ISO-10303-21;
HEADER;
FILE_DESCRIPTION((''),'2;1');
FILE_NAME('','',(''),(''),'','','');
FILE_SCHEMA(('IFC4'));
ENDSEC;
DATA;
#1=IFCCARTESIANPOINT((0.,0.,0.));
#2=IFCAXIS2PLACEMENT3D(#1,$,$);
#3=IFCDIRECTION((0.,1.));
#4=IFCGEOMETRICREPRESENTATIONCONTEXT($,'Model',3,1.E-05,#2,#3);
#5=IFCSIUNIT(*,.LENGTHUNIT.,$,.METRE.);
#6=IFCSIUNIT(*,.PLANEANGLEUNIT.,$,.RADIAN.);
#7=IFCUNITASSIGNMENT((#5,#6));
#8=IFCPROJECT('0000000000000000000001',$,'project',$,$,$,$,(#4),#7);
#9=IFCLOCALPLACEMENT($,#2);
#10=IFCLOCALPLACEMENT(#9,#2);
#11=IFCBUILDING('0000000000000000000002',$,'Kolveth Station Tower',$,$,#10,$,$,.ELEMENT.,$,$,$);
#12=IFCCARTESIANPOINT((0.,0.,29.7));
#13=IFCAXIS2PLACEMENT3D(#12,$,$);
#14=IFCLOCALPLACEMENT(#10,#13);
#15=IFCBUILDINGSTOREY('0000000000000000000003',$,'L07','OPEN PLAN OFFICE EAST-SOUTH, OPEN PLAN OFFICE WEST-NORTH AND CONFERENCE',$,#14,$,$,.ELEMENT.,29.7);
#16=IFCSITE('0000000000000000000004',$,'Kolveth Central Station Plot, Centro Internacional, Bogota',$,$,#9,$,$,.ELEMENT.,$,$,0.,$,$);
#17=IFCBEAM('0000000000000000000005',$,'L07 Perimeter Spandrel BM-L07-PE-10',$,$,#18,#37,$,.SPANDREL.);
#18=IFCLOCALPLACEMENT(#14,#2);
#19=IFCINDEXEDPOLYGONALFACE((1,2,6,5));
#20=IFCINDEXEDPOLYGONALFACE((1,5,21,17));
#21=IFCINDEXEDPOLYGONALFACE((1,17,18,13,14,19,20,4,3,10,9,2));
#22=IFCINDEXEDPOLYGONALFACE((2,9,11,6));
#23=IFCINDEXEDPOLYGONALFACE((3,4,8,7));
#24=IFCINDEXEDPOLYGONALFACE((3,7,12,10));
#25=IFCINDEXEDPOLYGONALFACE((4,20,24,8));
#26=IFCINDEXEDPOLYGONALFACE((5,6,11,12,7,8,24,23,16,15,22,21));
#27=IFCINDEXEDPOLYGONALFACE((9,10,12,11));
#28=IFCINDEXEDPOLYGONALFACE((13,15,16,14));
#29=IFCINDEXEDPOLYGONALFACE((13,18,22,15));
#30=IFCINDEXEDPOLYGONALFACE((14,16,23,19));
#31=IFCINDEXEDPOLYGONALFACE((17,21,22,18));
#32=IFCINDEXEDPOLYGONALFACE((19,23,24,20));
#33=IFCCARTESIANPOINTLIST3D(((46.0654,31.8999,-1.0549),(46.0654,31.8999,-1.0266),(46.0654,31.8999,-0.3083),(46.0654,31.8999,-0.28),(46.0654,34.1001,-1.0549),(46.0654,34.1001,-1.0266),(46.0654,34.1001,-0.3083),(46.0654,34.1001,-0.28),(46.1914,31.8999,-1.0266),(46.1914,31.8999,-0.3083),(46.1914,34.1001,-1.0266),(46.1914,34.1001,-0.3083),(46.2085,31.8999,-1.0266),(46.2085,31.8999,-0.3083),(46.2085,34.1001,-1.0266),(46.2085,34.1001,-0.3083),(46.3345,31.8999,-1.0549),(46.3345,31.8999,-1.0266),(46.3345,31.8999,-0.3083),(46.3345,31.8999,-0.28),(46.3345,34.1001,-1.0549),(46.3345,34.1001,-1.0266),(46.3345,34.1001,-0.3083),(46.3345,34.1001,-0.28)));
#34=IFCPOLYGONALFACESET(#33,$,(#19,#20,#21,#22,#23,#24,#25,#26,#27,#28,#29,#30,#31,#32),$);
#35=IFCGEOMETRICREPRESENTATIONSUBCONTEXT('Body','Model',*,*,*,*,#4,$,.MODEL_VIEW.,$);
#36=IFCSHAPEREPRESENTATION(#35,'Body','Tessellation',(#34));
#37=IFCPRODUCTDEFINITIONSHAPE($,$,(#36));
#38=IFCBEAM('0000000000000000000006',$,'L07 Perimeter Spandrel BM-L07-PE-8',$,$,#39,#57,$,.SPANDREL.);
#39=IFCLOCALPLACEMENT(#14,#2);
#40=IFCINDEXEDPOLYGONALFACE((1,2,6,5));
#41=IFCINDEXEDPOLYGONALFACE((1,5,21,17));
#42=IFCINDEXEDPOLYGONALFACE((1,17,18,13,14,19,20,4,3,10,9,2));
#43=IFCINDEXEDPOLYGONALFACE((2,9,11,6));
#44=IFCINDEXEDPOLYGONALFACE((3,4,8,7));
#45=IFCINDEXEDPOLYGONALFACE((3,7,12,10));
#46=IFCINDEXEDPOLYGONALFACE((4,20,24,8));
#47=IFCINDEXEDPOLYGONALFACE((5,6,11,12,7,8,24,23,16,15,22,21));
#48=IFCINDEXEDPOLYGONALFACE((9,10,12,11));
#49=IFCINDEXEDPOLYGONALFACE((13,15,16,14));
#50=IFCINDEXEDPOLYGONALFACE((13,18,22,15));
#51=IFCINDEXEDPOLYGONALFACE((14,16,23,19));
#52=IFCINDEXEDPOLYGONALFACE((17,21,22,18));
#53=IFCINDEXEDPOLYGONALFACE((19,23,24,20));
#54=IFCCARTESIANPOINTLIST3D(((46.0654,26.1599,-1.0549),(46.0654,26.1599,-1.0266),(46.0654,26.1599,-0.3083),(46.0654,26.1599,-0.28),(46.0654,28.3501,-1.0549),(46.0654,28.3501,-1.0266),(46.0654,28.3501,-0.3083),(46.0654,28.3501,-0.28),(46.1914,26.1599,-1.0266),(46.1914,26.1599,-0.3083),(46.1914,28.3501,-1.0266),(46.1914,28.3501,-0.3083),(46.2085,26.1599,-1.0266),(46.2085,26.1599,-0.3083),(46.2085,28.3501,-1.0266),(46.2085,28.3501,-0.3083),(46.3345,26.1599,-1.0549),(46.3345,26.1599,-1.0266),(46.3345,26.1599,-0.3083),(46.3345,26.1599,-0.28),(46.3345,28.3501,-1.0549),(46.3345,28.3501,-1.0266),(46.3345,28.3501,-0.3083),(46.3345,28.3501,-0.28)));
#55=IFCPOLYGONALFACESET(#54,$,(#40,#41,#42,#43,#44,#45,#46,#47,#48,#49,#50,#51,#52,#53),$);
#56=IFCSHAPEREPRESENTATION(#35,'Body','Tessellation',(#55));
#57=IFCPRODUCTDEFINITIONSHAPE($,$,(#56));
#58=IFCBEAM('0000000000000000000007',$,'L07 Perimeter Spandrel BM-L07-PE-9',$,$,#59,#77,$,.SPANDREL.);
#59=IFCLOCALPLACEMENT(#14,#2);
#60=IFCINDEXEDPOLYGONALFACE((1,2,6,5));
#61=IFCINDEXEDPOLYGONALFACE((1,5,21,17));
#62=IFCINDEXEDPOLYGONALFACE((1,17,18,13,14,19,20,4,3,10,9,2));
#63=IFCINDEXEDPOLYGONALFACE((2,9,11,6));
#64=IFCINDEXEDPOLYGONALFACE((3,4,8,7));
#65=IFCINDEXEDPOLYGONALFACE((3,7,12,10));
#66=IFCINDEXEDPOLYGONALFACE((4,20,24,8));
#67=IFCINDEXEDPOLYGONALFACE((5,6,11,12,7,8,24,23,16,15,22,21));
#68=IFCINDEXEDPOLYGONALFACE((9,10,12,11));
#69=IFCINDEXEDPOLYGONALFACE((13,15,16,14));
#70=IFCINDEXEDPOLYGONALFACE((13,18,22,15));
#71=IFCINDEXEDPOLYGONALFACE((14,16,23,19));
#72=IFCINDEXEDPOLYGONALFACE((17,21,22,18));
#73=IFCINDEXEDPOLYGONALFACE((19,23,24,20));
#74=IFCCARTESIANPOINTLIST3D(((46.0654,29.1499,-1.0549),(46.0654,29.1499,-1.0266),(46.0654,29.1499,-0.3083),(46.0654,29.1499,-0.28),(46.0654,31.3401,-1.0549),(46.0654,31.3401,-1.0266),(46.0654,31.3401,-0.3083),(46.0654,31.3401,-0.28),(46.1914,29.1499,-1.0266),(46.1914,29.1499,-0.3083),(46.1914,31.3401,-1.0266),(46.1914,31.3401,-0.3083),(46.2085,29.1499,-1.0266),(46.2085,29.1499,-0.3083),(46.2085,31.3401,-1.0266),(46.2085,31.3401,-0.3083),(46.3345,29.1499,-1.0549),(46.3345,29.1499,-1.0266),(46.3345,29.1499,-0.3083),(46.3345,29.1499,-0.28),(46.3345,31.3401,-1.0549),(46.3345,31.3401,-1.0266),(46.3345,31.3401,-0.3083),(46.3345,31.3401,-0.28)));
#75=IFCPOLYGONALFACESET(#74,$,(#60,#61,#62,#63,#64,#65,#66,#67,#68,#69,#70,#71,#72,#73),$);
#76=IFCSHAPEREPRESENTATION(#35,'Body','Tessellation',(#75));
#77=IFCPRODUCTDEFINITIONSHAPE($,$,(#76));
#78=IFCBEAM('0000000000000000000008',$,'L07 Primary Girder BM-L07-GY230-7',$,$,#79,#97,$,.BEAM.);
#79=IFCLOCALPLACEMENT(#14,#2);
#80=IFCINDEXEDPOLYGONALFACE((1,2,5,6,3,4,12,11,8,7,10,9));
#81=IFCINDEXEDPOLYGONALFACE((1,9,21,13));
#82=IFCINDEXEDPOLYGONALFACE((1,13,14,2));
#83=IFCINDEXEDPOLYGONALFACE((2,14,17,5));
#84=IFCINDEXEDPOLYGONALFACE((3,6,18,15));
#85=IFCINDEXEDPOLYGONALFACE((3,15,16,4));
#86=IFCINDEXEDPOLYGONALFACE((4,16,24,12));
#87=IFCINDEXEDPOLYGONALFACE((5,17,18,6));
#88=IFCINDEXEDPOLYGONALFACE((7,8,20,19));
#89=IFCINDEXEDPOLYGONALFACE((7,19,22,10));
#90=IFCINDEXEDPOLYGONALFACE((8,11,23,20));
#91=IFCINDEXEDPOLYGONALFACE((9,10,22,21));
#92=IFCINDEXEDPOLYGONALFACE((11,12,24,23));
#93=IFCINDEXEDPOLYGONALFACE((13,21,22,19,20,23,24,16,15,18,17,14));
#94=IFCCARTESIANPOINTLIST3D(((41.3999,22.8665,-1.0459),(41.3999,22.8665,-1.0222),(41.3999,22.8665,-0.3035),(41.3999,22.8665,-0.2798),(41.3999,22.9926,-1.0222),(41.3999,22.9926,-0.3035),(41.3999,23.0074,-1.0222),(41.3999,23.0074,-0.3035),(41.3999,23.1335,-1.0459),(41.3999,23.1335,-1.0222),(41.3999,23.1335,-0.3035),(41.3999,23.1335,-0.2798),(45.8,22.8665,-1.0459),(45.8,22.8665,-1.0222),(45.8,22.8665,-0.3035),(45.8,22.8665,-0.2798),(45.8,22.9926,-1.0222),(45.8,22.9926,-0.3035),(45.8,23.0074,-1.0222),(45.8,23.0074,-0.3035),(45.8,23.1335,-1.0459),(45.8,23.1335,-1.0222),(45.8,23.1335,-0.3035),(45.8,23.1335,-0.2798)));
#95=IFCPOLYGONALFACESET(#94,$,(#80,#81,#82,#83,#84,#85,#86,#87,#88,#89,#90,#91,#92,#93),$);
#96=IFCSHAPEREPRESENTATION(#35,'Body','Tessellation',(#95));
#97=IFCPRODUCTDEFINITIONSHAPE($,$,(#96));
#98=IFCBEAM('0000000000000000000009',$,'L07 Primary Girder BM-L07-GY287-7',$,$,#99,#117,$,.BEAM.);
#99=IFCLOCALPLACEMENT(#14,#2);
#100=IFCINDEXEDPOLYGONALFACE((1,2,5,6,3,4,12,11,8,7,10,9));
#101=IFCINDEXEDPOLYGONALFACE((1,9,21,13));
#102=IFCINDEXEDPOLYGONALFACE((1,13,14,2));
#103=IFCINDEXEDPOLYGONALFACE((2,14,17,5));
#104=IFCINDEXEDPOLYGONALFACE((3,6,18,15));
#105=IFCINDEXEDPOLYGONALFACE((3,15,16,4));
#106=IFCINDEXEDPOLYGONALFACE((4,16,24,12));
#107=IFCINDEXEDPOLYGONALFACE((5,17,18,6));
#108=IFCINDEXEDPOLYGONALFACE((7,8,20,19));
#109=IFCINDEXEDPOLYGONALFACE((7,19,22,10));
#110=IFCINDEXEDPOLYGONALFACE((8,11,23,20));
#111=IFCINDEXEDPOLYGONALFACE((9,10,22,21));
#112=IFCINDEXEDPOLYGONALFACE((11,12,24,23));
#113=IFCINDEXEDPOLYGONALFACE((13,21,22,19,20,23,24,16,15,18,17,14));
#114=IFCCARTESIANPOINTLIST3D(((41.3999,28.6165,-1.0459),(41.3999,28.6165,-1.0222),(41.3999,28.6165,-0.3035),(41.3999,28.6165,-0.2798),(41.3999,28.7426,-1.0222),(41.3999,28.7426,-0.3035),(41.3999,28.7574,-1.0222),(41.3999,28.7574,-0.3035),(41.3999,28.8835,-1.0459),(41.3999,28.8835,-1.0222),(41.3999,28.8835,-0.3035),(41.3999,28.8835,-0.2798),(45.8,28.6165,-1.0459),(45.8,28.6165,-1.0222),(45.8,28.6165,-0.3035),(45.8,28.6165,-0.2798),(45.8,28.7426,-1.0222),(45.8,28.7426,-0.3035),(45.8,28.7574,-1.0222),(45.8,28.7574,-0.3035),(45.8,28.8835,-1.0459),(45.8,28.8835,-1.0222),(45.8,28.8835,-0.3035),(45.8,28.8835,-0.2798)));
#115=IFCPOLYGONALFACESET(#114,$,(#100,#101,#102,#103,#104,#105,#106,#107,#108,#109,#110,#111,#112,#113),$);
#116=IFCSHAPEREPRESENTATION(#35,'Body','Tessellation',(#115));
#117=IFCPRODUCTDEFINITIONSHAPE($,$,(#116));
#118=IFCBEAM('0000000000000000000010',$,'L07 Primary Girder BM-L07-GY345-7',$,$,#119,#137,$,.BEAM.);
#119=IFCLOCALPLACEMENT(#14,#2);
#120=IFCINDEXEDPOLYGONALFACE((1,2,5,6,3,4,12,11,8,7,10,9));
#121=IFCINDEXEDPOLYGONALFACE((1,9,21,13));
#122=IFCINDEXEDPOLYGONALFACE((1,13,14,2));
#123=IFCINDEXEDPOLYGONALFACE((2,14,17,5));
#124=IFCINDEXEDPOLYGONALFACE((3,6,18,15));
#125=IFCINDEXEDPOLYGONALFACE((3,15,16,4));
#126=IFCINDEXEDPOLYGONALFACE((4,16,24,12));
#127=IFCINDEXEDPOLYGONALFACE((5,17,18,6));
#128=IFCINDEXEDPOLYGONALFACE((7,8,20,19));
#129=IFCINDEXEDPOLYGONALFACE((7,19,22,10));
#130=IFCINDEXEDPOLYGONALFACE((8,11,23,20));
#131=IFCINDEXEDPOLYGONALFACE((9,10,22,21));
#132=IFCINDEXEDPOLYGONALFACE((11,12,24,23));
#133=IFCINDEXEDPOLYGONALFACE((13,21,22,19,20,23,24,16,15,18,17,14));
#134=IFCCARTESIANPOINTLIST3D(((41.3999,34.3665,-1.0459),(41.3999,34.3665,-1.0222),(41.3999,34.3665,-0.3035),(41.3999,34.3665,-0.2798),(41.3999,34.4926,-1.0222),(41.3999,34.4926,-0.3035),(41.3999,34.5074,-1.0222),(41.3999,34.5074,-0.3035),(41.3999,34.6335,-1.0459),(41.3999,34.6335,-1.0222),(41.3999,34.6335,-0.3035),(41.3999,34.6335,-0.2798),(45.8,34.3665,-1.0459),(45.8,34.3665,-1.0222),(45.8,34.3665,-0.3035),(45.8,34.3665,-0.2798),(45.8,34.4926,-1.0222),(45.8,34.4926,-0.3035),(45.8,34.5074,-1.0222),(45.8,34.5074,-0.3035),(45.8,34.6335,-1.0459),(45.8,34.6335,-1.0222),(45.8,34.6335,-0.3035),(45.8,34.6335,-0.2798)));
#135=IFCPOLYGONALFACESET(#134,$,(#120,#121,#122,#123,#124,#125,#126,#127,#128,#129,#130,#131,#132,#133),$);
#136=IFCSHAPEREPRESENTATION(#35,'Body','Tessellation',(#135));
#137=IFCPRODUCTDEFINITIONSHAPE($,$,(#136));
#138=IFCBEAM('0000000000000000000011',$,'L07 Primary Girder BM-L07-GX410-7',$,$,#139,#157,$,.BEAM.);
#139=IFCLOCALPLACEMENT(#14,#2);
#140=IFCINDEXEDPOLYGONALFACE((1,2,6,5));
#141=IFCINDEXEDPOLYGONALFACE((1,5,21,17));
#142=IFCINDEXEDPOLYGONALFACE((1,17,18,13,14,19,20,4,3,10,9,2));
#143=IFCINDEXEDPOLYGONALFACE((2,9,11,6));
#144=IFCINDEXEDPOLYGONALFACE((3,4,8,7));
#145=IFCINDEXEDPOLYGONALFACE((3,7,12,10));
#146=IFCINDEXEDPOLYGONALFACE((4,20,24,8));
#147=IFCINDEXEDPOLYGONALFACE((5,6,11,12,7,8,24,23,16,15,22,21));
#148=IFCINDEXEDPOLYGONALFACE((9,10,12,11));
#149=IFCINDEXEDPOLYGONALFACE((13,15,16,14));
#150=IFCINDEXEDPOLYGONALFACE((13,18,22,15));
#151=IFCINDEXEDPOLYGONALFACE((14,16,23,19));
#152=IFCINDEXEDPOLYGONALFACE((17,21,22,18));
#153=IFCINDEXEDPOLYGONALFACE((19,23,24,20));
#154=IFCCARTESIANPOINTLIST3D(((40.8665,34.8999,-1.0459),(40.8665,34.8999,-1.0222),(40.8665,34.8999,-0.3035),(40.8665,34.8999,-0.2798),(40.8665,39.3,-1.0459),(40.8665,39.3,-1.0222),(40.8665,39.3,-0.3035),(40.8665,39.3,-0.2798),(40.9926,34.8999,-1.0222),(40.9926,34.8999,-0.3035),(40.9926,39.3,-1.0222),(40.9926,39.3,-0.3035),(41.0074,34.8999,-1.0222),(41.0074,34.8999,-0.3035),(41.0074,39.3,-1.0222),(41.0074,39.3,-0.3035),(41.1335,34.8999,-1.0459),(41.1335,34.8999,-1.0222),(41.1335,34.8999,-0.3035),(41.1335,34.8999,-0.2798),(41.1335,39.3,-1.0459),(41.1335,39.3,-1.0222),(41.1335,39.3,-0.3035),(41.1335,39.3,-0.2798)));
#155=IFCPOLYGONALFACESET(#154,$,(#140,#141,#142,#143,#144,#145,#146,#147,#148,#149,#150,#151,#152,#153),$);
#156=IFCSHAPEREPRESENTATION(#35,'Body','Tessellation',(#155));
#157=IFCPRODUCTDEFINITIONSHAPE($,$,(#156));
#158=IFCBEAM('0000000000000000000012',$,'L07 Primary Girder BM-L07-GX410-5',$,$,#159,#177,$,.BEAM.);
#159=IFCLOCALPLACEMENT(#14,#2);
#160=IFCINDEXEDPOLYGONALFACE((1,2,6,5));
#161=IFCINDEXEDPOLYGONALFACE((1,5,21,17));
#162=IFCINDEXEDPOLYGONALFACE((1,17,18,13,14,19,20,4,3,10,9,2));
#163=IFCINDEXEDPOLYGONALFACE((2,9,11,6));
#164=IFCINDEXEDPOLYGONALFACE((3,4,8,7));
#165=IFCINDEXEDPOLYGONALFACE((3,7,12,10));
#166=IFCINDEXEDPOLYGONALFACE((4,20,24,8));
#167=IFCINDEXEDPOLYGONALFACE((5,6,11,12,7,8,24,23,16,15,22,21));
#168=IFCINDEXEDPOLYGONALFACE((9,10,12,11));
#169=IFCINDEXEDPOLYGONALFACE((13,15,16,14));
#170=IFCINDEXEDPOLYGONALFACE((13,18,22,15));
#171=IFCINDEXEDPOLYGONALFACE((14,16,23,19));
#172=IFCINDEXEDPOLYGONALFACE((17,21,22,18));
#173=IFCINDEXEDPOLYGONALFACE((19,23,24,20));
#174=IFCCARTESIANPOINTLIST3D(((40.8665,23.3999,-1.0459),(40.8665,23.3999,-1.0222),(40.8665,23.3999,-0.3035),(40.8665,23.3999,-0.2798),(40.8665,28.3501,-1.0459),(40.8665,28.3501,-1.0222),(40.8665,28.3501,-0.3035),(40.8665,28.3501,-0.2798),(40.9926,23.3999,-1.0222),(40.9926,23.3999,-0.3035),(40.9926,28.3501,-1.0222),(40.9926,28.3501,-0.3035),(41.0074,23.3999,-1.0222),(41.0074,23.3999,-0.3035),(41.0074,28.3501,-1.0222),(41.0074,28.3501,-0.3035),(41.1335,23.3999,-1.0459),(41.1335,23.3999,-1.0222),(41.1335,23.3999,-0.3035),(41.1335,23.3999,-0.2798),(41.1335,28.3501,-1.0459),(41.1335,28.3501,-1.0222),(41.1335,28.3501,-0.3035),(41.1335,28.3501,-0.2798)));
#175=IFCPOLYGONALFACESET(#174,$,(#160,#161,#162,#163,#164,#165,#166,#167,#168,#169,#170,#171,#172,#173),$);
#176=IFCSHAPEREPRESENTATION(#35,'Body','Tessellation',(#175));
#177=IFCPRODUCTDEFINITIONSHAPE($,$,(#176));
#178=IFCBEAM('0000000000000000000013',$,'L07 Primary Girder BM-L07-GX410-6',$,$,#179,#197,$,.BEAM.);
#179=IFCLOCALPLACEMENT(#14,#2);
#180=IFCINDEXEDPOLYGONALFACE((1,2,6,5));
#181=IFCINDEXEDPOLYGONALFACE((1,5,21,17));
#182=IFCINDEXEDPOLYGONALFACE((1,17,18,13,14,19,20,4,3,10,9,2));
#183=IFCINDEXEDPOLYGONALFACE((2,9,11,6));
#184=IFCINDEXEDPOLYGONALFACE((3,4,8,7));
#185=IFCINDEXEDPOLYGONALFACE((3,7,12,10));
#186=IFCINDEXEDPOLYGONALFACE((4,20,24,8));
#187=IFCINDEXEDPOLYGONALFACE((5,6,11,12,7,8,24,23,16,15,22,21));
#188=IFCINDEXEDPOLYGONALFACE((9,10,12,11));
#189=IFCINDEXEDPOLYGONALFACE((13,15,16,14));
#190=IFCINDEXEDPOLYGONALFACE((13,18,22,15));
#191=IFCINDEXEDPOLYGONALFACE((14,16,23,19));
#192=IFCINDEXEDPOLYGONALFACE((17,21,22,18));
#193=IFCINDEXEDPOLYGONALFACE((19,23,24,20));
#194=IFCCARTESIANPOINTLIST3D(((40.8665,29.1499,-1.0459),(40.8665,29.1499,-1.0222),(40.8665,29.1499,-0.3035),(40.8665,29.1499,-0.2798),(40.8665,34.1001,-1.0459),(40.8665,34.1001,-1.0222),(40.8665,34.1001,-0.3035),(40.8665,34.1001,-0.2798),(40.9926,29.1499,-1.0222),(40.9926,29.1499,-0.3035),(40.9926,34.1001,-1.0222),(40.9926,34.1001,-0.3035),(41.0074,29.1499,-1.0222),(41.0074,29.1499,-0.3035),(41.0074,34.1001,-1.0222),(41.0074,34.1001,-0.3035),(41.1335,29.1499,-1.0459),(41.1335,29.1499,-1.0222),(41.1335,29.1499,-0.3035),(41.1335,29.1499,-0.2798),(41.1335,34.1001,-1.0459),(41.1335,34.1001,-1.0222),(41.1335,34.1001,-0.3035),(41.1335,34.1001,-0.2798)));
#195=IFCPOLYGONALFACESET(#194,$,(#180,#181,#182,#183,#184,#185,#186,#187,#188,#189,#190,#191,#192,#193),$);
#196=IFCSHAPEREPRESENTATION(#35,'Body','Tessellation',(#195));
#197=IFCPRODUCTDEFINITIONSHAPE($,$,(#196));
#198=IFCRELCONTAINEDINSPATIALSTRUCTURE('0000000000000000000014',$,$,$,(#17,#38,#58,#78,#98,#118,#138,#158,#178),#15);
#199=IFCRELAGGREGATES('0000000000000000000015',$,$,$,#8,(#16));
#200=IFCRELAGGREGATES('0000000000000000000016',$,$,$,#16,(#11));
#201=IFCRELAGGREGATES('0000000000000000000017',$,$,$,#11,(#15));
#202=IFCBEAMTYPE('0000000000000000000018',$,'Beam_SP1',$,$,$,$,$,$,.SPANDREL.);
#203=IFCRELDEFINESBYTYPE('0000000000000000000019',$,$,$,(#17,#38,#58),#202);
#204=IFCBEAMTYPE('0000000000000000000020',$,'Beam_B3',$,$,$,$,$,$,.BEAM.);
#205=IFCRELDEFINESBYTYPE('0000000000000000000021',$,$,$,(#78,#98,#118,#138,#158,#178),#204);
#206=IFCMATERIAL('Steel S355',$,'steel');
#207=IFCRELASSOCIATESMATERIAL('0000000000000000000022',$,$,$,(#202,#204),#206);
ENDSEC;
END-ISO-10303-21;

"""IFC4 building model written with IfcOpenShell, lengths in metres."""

from ifc_helpers import new_model, si_unit, direction, frame, origin, origin_2d, place, context, subcontext, project, spatial, i_section, extrude, source, transform, mapped, material, material_profile, profile_set, type_object, element, save


model = new_model("IFC4")

# Units and contexts
model_context = context("Model", 3, precision=1e-05, world=origin(), true_north=direction((0.0, 1.0)))
body_context = subcontext(model_context, "Body", "Model", "MODEL_VIEW")
ifc_project = project(units=[si_unit("LENGTHUNIT", "METRE"), si_unit("PLANEANGLEUNIT", "RADIAN")], contexts=[model_context])

# Site, building, storey
site_placement = place(None, origin())
site = spatial("IfcSite", under=ifc_project, at=site_placement, Name="Kolveth Central Station Plot, Centro Internacional, Bogota", CompositionType="ELEMENT", RefElevation=0.0)
building_placement = place(site_placement, origin())
building = spatial("IfcBuilding", under=site, at=building_placement, Name="Kolveth Station Tower", CompositionType="ELEMENT")
storey_placement = place(building_placement, frame((0.0, 0.0, 29.7)))
storey = spatial("IfcBuildingStorey", under=building, at=storey_placement, Name="L07", Description="OPEN PLAN OFFICE EAST-SOUTH, OPEN PLAN OFFICE WEST-NORTH AND CONFERENCE", CompositionType="ELEMENT", Elevation=29.7)

# Shared definitions
ifc_material_1 = material(Name="Steel S355", Category="steel")

# Beams
ifc_material_profile_1 = material_profile(ifc_material_1, i_section(OverallWidth=0.269, OverallDepth=0.7749, WebThickness=0.0171, FlangeThickness=0.0283, at=origin_2d()), Name="W760x220")
ifc_profile_set_1 = profile_set([ifc_material_profile_1], Name="Steel S355")
beam_type_1 = type_object("IfcBeamType", Name="Beam_SP1", PredefinedType="SPANDREL", material=ifc_profile_set_1)
shared_shape_1 = source(origin(), body_context, "Body", "SweptSolid", [
    extrude(i_section(OverallWidth=0.269, OverallDepth=0.7749, WebThickness=0.0171, FlangeThickness=0.0283, at=origin_2d()), origin(), (0.0, 0.0, 1.0), 2.2002),
])
for number, where, z_axis, x_axis, name in (
    (1, (46.2, 31.8999, -0.6675), (0.0, 1.0, 0.0), (-1.0, 0.0, 0.0), "L07 Perimeter Spandrel BM-L07-PE-10"),
):
    element("IfcBeam", number, at=place(storey_placement, frame(where, z_axis=z_axis, x_axis=x_axis)), inside=storey, type_object=beam_type_1, Name=name, PredefinedType="SPANDREL", context=body_context, shape_type="MappedRepresentation", body=[
        mapped(shared_shape_1, transform((0.0, 0.0, 0.0), x_axis=(1.0, 0.0, 0.0), y_axis=(0.0, 1.0, 0.0), z_axis=(0.0, 0.0, 1.0), scale=1.0)),
    ])
shared_shape_2 = source(origin(), body_context, "Body", "SweptSolid", [
    extrude(i_section(OverallWidth=0.269, OverallDepth=0.7749, WebThickness=0.0171, FlangeThickness=0.0283, at=origin_2d()), origin(), (0.0, 0.0, 1.0), 2.1902),
])
for number, where, z_axis, x_axis, name in (
    (2, (46.2, 26.1599, -0.6675), (0.0, 1.0, 0.0), (-1.0, 0.0, 0.0), "L07 Perimeter Spandrel BM-L07-PE-8"),
    (3, (46.2, 29.1499, -0.6675), (0.0, 1.0, 0.0), (-1.0, 0.0, 0.0), "L07 Perimeter Spandrel BM-L07-PE-9"),
):
    element("IfcBeam", number, at=place(storey_placement, frame(where, z_axis=z_axis, x_axis=x_axis)), inside=storey, type_object=beam_type_1, Name=name, PredefinedType="SPANDREL", context=body_context, shape_type="MappedRepresentation", body=[
        mapped(shared_shape_2, transform((0.0, 0.0, 0.0), x_axis=(1.0, 0.0, 0.0), y_axis=(0.0, 1.0, 0.0), z_axis=(0.0, 0.0, 1.0), scale=1.0)),
    ])
ifc_material_profile_2 = material_profile(ifc_material_1, i_section(OverallWidth=0.2671, OverallDepth=0.7661, WebThickness=0.0149, FlangeThickness=0.0237, at=origin_2d()), Name="W760x185")
ifc_profile_set_2 = profile_set([ifc_material_profile_2], Name="Steel S355")
beam_type_2 = type_object("IfcBeamType", Name="Beam_B3", PredefinedType="BEAM", material=ifc_profile_set_2)
shared_shape_3 = source(origin(), body_context, "Body", "SweptSolid", [
    extrude(i_section(OverallWidth=0.2671, OverallDepth=0.7661, WebThickness=0.0149, FlangeThickness=0.0237, at=origin_2d()), origin(), (0.0, 0.0, 1.0), 4.4001),
])
for number, where, z_axis, x_axis, name in (
    (4, (41.3999, 23.0, -0.6628), (1.0, 0.0, 0.0), (0.0, 1.0, 0.0), "L07 Primary Girder BM-L07-GY230-7"),
    (5, (41.3999, 28.75, -0.6628), (1.0, 0.0, 0.0), (0.0, 1.0, 0.0), "L07 Primary Girder BM-L07-GY287-7"),
    (6, (41.3999, 34.5, -0.6628), (1.0, 0.0, 0.0), (0.0, 1.0, 0.0), "L07 Primary Girder BM-L07-GY345-7"),
    (7, (41.0, 34.8999, -0.6628), (0.0, 1.0, 0.0), (-1.0, 0.0, 0.0), "L07 Primary Girder BM-L07-GX410-7"),
):
    element("IfcBeam", number, at=place(storey_placement, frame(where, z_axis=z_axis, x_axis=x_axis)), inside=storey, type_object=beam_type_2, Name=name, PredefinedType="BEAM", context=body_context, shape_type="MappedRepresentation", body=[
        mapped(shared_shape_3, transform((0.0, 0.0, 0.0), x_axis=(1.0, 0.0, 0.0), y_axis=(0.0, 1.0, 0.0), z_axis=(0.0, 0.0, 1.0), scale=1.0)),
    ])
shared_shape_4 = source(origin(), body_context, "Body", "SweptSolid", [
    extrude(i_section(OverallWidth=0.2671, OverallDepth=0.7661, WebThickness=0.0149, FlangeThickness=0.0237, at=origin_2d()), origin(), (0.0, 0.0, 1.0), 4.9502),
])
for number, where, z_axis, x_axis, name in (
    (8, (41.0, 23.3999, -0.6628), (0.0, 1.0, 0.0), (-1.0, 0.0, 0.0), "L07 Primary Girder BM-L07-GX410-5"),
    (9, (41.0, 29.1499, -0.6628), (0.0, 1.0, 0.0), (-1.0, 0.0, 0.0), "L07 Primary Girder BM-L07-GX410-6"),
):
    element("IfcBeam", number, at=place(storey_placement, frame(where, z_axis=z_axis, x_axis=x_axis)), inside=storey, type_object=beam_type_2, Name=name, PredefinedType="BEAM", context=body_context, shape_type="MappedRepresentation", body=[
        mapped(shared_shape_4, transform((0.0, 0.0, 0.0), x_axis=(1.0, 0.0, 0.0), y_axis=(0.0, 1.0, 0.0), z_axis=(0.0, 0.0, 1.0), scale=1.0)),
    ])

save(model, "model.ifc")
